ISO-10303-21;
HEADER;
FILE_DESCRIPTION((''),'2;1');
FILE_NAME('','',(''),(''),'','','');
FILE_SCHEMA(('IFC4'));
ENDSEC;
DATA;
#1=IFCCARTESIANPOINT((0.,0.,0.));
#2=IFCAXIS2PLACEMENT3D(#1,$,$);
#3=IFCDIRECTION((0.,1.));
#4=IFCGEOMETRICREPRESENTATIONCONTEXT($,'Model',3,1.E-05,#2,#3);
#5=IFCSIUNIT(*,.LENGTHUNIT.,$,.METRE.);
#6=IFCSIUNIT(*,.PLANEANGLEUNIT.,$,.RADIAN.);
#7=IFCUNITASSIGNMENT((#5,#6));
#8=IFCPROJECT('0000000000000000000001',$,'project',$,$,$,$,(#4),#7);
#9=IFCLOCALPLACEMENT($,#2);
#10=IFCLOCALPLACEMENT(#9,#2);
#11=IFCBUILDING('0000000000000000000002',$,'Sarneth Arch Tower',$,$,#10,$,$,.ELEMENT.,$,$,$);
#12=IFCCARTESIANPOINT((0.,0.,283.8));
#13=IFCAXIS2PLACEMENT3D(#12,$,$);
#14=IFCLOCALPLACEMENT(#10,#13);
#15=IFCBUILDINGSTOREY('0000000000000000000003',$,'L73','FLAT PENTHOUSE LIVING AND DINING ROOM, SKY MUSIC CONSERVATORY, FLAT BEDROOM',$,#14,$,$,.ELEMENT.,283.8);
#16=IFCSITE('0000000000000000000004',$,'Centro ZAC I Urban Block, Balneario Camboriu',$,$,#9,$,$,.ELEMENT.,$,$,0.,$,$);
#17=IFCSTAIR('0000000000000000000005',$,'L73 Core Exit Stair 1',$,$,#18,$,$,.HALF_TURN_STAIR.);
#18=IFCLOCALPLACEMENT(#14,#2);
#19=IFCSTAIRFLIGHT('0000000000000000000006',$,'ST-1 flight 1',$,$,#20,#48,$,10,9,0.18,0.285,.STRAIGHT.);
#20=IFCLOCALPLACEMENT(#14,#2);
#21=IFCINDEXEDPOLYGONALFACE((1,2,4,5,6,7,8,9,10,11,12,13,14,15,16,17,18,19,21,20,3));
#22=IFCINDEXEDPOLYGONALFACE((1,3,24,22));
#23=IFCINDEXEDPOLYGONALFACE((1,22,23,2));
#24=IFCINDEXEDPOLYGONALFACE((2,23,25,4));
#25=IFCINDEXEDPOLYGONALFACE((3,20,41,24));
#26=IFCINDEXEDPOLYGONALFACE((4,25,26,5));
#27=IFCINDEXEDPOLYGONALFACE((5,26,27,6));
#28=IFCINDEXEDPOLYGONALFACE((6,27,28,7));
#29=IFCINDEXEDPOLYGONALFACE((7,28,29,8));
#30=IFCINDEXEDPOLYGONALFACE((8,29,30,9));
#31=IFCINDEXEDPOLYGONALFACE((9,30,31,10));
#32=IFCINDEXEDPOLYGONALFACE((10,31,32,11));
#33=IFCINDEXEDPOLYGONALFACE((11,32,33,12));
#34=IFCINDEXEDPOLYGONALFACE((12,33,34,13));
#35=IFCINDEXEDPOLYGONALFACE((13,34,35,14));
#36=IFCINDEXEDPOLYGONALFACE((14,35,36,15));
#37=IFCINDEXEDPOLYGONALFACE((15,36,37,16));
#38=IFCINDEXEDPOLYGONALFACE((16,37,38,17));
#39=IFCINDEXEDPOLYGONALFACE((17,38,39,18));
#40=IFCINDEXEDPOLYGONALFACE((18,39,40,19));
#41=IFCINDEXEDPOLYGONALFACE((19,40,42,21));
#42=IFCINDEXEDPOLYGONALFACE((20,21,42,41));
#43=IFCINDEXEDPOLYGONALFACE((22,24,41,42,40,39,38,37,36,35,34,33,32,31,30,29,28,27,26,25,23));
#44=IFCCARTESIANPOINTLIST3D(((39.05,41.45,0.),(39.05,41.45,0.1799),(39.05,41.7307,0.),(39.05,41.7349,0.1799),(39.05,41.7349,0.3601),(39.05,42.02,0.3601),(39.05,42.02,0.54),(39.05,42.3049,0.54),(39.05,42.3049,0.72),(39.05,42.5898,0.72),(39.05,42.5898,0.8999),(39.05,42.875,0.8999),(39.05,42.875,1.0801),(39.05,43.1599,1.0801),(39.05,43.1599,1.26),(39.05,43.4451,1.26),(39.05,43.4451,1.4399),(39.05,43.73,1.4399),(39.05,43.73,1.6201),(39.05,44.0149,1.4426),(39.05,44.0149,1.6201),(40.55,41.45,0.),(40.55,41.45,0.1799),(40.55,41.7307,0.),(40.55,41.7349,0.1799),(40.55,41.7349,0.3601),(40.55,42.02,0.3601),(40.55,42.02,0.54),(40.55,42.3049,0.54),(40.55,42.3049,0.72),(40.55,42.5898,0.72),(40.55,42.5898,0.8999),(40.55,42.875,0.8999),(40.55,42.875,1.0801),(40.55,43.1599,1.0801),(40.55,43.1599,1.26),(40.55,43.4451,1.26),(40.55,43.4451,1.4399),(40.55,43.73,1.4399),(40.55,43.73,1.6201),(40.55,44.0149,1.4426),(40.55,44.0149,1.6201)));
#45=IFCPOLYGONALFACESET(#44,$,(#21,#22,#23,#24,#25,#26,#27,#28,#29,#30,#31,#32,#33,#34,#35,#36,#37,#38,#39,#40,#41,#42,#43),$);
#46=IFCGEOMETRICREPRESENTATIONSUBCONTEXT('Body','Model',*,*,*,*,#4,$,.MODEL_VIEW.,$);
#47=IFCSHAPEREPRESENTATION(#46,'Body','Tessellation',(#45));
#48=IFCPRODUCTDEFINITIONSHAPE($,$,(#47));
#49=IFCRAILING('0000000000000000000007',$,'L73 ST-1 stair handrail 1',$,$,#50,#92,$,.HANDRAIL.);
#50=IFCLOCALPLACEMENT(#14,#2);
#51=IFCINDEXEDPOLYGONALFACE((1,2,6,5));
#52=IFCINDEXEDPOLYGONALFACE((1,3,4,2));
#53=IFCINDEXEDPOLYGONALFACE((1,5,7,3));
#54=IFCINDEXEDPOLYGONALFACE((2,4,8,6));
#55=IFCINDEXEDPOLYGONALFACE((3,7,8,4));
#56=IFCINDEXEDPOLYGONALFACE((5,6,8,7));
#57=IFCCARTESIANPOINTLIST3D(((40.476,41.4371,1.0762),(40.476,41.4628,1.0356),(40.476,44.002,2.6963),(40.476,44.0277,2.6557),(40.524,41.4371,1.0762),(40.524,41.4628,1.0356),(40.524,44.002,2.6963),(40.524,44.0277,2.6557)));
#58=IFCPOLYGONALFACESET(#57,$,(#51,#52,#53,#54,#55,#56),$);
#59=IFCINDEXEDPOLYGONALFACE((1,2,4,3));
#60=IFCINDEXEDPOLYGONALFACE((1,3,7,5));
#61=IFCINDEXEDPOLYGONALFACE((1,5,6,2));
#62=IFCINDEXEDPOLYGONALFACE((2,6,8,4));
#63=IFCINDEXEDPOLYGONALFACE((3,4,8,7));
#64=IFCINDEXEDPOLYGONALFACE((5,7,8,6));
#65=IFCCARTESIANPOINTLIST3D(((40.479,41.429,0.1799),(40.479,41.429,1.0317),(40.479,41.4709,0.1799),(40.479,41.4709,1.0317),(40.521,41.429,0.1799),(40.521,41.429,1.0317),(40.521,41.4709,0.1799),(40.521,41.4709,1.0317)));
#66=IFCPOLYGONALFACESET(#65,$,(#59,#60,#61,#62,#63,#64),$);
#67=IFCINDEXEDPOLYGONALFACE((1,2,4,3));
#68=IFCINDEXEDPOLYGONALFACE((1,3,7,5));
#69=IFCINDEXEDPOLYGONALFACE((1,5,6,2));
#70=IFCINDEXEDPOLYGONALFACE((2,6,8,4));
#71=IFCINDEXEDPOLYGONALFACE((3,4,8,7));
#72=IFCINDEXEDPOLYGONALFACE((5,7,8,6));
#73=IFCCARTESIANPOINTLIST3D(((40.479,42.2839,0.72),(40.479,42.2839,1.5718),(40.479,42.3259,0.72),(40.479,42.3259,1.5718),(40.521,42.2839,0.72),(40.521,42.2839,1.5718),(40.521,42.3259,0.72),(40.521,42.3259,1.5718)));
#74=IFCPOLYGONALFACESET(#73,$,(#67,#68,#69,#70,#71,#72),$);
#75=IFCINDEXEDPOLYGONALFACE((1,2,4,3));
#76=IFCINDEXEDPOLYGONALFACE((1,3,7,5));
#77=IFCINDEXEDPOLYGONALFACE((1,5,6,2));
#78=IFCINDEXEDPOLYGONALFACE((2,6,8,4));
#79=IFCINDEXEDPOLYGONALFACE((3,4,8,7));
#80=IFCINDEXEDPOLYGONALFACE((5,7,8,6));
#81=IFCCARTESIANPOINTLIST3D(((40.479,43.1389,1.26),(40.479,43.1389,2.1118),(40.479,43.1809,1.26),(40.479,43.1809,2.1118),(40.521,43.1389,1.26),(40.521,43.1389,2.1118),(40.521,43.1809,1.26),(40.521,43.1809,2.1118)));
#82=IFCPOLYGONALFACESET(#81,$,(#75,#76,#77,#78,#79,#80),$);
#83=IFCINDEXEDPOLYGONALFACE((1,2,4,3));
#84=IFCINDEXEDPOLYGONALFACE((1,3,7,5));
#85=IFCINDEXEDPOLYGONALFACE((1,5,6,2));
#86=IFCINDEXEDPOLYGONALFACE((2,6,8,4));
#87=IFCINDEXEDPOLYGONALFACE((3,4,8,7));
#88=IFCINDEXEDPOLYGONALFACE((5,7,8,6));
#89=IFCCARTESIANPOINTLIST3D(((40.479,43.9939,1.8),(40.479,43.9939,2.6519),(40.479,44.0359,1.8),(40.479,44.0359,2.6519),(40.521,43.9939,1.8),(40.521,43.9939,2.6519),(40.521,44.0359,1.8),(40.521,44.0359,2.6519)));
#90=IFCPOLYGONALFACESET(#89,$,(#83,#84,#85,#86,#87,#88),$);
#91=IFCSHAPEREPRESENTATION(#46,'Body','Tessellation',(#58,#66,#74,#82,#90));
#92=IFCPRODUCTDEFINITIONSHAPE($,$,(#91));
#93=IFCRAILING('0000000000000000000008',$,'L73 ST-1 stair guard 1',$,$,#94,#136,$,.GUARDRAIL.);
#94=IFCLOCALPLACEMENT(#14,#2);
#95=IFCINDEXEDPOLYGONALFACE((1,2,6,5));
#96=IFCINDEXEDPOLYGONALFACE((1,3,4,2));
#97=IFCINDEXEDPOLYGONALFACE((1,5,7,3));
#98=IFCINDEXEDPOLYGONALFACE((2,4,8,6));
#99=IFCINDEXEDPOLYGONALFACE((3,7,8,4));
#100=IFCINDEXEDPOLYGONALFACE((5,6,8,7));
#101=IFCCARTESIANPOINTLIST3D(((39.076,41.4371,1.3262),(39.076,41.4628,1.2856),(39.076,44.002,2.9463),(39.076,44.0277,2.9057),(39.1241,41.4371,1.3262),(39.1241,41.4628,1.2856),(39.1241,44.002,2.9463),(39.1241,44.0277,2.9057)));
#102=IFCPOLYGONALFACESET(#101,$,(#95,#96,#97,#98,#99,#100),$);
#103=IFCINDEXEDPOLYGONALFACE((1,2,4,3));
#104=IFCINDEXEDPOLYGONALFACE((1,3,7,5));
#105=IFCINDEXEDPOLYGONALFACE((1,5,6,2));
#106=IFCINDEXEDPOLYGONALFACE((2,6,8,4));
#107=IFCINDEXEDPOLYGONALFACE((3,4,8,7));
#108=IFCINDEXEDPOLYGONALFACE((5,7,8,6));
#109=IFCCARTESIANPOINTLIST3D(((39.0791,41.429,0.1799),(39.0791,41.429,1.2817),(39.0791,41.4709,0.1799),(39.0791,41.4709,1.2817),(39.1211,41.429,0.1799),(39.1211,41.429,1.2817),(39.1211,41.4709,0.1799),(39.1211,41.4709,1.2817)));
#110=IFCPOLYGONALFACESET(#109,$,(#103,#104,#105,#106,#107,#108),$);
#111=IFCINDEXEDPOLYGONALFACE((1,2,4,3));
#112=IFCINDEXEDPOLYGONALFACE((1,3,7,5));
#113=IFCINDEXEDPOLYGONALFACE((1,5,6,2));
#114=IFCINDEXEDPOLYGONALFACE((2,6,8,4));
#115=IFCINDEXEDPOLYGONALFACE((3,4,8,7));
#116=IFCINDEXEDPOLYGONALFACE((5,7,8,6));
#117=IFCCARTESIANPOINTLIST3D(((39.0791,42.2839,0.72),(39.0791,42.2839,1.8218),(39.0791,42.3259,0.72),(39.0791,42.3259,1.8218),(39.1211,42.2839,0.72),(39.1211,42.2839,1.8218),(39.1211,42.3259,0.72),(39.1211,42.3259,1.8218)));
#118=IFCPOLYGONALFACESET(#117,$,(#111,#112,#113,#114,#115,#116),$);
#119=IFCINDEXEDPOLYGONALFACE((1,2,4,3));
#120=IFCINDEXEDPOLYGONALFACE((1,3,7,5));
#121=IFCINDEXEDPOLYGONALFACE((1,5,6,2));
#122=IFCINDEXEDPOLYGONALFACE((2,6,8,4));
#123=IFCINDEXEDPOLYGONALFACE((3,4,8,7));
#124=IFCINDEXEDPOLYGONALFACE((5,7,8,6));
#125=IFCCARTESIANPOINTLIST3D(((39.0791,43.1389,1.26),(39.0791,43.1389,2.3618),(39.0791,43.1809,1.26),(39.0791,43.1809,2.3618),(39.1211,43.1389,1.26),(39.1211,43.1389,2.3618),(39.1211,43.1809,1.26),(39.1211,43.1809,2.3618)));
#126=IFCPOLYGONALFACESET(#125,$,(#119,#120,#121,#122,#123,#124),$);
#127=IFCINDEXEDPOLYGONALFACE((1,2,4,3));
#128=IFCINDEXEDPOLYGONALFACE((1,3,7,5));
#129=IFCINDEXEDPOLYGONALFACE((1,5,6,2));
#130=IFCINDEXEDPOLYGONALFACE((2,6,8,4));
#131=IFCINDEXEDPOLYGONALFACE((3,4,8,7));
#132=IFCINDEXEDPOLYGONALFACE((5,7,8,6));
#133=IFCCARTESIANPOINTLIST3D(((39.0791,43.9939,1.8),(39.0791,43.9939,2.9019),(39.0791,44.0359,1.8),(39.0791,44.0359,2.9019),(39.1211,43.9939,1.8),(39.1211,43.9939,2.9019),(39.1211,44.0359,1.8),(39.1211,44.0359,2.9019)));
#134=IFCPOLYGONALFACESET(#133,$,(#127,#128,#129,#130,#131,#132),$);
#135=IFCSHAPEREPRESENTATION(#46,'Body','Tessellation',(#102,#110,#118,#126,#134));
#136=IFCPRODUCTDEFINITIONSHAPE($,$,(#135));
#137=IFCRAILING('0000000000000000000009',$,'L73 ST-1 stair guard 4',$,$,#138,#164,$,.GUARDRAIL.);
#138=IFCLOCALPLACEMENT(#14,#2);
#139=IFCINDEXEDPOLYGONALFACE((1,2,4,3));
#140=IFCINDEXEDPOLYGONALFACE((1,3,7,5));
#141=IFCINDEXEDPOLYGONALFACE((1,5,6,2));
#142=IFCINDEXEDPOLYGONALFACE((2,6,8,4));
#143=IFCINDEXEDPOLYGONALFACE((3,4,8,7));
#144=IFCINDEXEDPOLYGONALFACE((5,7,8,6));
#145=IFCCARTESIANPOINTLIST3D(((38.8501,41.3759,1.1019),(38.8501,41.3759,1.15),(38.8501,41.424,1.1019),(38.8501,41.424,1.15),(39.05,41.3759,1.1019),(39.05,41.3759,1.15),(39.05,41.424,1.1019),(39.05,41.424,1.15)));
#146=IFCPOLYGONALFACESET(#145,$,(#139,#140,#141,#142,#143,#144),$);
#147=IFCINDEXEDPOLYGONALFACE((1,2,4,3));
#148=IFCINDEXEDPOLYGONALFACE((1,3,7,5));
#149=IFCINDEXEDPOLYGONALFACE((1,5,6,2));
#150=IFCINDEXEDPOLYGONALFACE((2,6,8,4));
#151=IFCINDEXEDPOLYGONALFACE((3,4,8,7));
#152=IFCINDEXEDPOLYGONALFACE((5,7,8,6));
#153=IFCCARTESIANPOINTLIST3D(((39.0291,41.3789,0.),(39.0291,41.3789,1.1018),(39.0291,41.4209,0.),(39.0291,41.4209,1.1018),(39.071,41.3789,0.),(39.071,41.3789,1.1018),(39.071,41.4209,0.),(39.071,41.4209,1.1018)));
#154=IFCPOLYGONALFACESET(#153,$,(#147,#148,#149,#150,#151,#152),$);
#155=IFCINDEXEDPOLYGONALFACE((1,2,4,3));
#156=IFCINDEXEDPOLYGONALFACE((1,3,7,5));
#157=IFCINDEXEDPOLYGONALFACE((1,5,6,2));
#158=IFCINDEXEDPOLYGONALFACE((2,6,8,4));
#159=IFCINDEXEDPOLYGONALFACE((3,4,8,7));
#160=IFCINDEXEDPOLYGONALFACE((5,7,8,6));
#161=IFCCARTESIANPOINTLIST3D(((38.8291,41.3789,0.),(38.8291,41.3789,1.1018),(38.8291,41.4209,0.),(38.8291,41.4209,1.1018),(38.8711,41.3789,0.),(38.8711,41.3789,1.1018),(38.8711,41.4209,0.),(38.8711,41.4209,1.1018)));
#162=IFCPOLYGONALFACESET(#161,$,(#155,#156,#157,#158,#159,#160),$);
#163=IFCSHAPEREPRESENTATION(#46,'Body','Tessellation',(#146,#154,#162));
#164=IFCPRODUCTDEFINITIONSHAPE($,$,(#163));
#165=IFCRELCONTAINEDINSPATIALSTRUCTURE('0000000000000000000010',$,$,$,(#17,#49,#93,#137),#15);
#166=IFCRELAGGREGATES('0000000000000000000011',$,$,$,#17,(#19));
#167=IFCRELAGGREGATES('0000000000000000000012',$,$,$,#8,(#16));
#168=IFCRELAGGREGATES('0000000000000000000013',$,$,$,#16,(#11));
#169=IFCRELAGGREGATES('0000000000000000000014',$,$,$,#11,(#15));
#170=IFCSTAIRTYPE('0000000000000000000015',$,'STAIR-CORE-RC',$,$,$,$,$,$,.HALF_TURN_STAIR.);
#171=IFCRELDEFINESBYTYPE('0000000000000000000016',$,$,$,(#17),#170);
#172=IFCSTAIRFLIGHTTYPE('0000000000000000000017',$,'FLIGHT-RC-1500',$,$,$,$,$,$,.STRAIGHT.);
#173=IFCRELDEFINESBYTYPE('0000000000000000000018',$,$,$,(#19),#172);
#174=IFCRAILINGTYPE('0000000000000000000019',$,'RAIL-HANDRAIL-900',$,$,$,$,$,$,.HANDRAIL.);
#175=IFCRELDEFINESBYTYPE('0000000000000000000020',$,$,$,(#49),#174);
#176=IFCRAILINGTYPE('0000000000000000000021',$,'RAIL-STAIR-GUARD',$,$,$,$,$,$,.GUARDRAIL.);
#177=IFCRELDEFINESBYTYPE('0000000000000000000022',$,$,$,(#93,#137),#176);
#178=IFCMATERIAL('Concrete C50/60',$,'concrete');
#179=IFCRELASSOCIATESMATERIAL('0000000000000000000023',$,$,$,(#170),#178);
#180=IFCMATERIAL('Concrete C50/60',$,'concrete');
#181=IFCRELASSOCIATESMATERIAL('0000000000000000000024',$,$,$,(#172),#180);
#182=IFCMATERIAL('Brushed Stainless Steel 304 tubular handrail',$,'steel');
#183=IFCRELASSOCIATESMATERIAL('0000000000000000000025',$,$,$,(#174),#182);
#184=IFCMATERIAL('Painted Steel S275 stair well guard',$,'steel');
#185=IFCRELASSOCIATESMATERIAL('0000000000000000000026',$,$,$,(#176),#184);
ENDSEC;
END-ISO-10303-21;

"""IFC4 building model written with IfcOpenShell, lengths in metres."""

from ifc_helpers import new_model, si_unit, direction, frame, origin, origin_2d, place, context, subcontext, project, spatial, polyline, rectangle, outline, extrude, material, type_object, element, aggregate, save


model = new_model("IFC4")

# Units and contexts
model_context = context("Model", 3, precision=1e-05, world=origin(), true_north=direction((0.0, 1.0)))
body_context = subcontext(model_context, "Body", "Model", "MODEL_VIEW")
ifc_project = project(units=[si_unit("LENGTHUNIT", "METRE"), si_unit("PLANEANGLEUNIT", "RADIAN")], contexts=[model_context])

# Site, building, storey
site_placement = place(None, origin())
site = spatial("IfcSite", under=ifc_project, at=site_placement, Name="Centro ZAC I Urban Block, Balneario Camboriu", CompositionType="ELEMENT", RefElevation=0.0)
building_placement = place(site_placement, origin())
building = spatial("IfcBuilding", under=site, at=building_placement, Name="Sarneth Arch Tower", CompositionType="ELEMENT")
storey_placement = place(building_placement, frame((0.0, 0.0, 283.8)))
storey = spatial("IfcBuildingStorey", under=building, at=storey_placement, Name="L73", Description="FLAT PENTHOUSE LIVING AND DINING ROOM, SKY MUSIC CONSERVATORY, FLAT BEDROOM", CompositionType="ELEMENT", Elevation=283.8)

# Stair, stair flight
ifc_material_1 = material(Name="Concrete C50/60", Category="concrete")
stair_type = type_object("IfcStairType", Name="STAIR-CORE-RC", PredefinedType="HALF_TURN_STAIR", material=ifc_material_1)
stair_placement = place(storey_placement, origin())
stair = element("IfcStair", 1, at=stair_placement, inside=storey, type_object=stair_type, Name="L73 Core Exit Stair 1", PredefinedType="HALF_TURN_STAIR")
ifc_material_2 = material(Name="Concrete C50/60", Category="concrete")
stair_flight_type = type_object("IfcStairFlightType", Name="FLIGHT-RC-1500", PredefinedType="STRAIGHT", material=ifc_material_2)
stair_flight_placement = place(storey_placement, frame((39.8, 41.45, 0.0), z_axis=(0.0, 0.0, 1.0), x_axis=(0.0, 1.0, 0.0)))
stair_flight = element("IfcStairFlight", 2, at=stair_flight_placement, type_object=stair_flight_type, Name="ST-1 flight 1", NumberOfRisers=10, NumberOfTreads=9, PredefinedType="STRAIGHT", RiserHeight=0.18, TreadLength=0.285, context=body_context, shape_type="SweptSolid", body=[
    extrude(outline(polyline([(0.0, 0.0), (0.0, 0.1799), (0.2849, 0.1799), (0.2849, 0.3601), (0.5701, 0.3601), (0.5701, 0.54), (0.855, 0.54), (0.855, 0.72), (1.1399, 0.72), (1.1399, 0.8999), (1.425, 0.8999), (1.425, 1.0801), (1.71, 1.0801), (1.71, 1.26), (1.9951, 1.26), (1.9951, 1.4399), (2.28, 1.4399), (2.28, 1.6201), (2.5649, 1.6201), (2.5649, 1.8), (2.5649, 1.4426), (0.2808, 0.0), (0.0, 0.0)])), frame((0.0, 0.75, 0.0), z_axis=(0.0, -1.0, 0.0), x_axis=(1.0, 0.0, 0.0)), (0.0, 0.0, 1.0), 1.5),
])
aggregate(stair, [stair_flight])

# Railings
ifc_material_3 = material(Name="Brushed Stainless Steel 304 tubular handrail", Category="steel")
railing_type_1 = type_object("IfcRailingType", Name="RAIL-HANDRAIL-900", PredefinedType="HANDRAIL", material=ifc_material_3)
railing_1_placement = place(storey_placement, frame((40.5, 41.45, 0.1799)))
element("IfcRailing", 3, at=railing_1_placement, inside=storey, type_object=railing_type_1, Name="L73 ST-1 stair handrail 1", PredefinedType="HANDRAIL", context=body_context, shape_type="SweptSolid", body=[
    extrude(rectangle(XDim=0.0481, YDim=0.0481, at=origin_2d()), frame((0.0, 0.0, 0.876), z_axis=(0.0, 0.845466, 0.534029), x_axis=(-1.0, 0.0, 0.0)), (0.0, 0.0, 1.0), 3.0337),
    extrude(rectangle(XDim=0.042, YDim=0.042, at=origin_2d()), origin(), (0.0, 0.0, 1.0), 0.8518),
    extrude(rectangle(XDim=0.042, YDim=0.042, at=origin_2d()), frame((0.0, 0.855, 0.54)), (0.0, 0.0, 1.0), 0.8518),
    extrude(rectangle(XDim=0.042, YDim=0.042, at=origin_2d()), frame((0.0, 1.71, 1.0801)), (0.0, 0.0, 1.0), 0.8518),
    extrude(rectangle(XDim=0.042, YDim=0.042, at=origin_2d()), frame((0.0, 2.5649, 1.6201)), (0.0, 0.0, 1.0), 0.8518),
])
ifc_material_4 = material(Name="Painted Steel S275 stair well guard", Category="steel")
railing_type_2 = type_object("IfcRailingType", Name="RAIL-STAIR-GUARD", PredefinedType="GUARDRAIL", material=ifc_material_4)
railing_2_placement = place(storey_placement, frame((39.1001, 41.45, 0.1799)))
element("IfcRailing", 4, at=railing_2_placement, inside=storey, type_object=railing_type_2, Name="L73 ST-1 stair guard 1", PredefinedType="GUARDRAIL", context=body_context, shape_type="SweptSolid", body=[
    extrude(rectangle(XDim=0.0481, YDim=0.0481, at=origin_2d()), frame((0.0, 0.0, 1.126), z_axis=(0.0, 0.845466, 0.534029), x_axis=(-1.0, 0.0, 0.0)), (0.0, 0.0, 1.0), 3.0337),
    extrude(rectangle(XDim=0.042, YDim=0.042, at=origin_2d()), origin(), (0.0, 0.0, 1.0), 1.1018),
    extrude(rectangle(XDim=0.042, YDim=0.042, at=origin_2d()), frame((0.0, 0.855, 0.54)), (0.0, 0.0, 1.0), 1.1018),
    extrude(rectangle(XDim=0.042, YDim=0.042, at=origin_2d()), frame((0.0, 1.71, 1.0801)), (0.0, 0.0, 1.0), 1.1018),
    extrude(rectangle(XDim=0.042, YDim=0.042, at=origin_2d()), frame((0.0, 2.5649, 1.6201)), (0.0, 0.0, 1.0), 1.1018),
])
railing_3_placement = place(storey_placement, frame((39.05, 41.3999, 0.0)))
element("IfcRailing", 5, at=railing_3_placement, inside=storey, type_object=railing_type_2, Name="L73 ST-1 stair guard 4", PredefinedType="GUARDRAIL", context=body_context, shape_type="SweptSolid", body=[
    extrude(rectangle(XDim=0.0481, YDim=0.0481, at=origin_2d()), frame((0.0, 0.0, 1.126), z_axis=(-1.0, 0.0, 0.0), x_axis=(0.0, -1.0, 0.0)), (0.0, 0.0, 1.0), 0.2),
    extrude(rectangle(XDim=0.042, YDim=0.042, at=origin_2d()), origin(), (0.0, 0.0, 1.0), 1.1018),
    extrude(rectangle(XDim=0.042, YDim=0.042, at=origin_2d()), frame((-0.2, 0.0, 0.0)), (0.0, 0.0, 1.0), 1.1018),
])

save(model, "model.ifc")
